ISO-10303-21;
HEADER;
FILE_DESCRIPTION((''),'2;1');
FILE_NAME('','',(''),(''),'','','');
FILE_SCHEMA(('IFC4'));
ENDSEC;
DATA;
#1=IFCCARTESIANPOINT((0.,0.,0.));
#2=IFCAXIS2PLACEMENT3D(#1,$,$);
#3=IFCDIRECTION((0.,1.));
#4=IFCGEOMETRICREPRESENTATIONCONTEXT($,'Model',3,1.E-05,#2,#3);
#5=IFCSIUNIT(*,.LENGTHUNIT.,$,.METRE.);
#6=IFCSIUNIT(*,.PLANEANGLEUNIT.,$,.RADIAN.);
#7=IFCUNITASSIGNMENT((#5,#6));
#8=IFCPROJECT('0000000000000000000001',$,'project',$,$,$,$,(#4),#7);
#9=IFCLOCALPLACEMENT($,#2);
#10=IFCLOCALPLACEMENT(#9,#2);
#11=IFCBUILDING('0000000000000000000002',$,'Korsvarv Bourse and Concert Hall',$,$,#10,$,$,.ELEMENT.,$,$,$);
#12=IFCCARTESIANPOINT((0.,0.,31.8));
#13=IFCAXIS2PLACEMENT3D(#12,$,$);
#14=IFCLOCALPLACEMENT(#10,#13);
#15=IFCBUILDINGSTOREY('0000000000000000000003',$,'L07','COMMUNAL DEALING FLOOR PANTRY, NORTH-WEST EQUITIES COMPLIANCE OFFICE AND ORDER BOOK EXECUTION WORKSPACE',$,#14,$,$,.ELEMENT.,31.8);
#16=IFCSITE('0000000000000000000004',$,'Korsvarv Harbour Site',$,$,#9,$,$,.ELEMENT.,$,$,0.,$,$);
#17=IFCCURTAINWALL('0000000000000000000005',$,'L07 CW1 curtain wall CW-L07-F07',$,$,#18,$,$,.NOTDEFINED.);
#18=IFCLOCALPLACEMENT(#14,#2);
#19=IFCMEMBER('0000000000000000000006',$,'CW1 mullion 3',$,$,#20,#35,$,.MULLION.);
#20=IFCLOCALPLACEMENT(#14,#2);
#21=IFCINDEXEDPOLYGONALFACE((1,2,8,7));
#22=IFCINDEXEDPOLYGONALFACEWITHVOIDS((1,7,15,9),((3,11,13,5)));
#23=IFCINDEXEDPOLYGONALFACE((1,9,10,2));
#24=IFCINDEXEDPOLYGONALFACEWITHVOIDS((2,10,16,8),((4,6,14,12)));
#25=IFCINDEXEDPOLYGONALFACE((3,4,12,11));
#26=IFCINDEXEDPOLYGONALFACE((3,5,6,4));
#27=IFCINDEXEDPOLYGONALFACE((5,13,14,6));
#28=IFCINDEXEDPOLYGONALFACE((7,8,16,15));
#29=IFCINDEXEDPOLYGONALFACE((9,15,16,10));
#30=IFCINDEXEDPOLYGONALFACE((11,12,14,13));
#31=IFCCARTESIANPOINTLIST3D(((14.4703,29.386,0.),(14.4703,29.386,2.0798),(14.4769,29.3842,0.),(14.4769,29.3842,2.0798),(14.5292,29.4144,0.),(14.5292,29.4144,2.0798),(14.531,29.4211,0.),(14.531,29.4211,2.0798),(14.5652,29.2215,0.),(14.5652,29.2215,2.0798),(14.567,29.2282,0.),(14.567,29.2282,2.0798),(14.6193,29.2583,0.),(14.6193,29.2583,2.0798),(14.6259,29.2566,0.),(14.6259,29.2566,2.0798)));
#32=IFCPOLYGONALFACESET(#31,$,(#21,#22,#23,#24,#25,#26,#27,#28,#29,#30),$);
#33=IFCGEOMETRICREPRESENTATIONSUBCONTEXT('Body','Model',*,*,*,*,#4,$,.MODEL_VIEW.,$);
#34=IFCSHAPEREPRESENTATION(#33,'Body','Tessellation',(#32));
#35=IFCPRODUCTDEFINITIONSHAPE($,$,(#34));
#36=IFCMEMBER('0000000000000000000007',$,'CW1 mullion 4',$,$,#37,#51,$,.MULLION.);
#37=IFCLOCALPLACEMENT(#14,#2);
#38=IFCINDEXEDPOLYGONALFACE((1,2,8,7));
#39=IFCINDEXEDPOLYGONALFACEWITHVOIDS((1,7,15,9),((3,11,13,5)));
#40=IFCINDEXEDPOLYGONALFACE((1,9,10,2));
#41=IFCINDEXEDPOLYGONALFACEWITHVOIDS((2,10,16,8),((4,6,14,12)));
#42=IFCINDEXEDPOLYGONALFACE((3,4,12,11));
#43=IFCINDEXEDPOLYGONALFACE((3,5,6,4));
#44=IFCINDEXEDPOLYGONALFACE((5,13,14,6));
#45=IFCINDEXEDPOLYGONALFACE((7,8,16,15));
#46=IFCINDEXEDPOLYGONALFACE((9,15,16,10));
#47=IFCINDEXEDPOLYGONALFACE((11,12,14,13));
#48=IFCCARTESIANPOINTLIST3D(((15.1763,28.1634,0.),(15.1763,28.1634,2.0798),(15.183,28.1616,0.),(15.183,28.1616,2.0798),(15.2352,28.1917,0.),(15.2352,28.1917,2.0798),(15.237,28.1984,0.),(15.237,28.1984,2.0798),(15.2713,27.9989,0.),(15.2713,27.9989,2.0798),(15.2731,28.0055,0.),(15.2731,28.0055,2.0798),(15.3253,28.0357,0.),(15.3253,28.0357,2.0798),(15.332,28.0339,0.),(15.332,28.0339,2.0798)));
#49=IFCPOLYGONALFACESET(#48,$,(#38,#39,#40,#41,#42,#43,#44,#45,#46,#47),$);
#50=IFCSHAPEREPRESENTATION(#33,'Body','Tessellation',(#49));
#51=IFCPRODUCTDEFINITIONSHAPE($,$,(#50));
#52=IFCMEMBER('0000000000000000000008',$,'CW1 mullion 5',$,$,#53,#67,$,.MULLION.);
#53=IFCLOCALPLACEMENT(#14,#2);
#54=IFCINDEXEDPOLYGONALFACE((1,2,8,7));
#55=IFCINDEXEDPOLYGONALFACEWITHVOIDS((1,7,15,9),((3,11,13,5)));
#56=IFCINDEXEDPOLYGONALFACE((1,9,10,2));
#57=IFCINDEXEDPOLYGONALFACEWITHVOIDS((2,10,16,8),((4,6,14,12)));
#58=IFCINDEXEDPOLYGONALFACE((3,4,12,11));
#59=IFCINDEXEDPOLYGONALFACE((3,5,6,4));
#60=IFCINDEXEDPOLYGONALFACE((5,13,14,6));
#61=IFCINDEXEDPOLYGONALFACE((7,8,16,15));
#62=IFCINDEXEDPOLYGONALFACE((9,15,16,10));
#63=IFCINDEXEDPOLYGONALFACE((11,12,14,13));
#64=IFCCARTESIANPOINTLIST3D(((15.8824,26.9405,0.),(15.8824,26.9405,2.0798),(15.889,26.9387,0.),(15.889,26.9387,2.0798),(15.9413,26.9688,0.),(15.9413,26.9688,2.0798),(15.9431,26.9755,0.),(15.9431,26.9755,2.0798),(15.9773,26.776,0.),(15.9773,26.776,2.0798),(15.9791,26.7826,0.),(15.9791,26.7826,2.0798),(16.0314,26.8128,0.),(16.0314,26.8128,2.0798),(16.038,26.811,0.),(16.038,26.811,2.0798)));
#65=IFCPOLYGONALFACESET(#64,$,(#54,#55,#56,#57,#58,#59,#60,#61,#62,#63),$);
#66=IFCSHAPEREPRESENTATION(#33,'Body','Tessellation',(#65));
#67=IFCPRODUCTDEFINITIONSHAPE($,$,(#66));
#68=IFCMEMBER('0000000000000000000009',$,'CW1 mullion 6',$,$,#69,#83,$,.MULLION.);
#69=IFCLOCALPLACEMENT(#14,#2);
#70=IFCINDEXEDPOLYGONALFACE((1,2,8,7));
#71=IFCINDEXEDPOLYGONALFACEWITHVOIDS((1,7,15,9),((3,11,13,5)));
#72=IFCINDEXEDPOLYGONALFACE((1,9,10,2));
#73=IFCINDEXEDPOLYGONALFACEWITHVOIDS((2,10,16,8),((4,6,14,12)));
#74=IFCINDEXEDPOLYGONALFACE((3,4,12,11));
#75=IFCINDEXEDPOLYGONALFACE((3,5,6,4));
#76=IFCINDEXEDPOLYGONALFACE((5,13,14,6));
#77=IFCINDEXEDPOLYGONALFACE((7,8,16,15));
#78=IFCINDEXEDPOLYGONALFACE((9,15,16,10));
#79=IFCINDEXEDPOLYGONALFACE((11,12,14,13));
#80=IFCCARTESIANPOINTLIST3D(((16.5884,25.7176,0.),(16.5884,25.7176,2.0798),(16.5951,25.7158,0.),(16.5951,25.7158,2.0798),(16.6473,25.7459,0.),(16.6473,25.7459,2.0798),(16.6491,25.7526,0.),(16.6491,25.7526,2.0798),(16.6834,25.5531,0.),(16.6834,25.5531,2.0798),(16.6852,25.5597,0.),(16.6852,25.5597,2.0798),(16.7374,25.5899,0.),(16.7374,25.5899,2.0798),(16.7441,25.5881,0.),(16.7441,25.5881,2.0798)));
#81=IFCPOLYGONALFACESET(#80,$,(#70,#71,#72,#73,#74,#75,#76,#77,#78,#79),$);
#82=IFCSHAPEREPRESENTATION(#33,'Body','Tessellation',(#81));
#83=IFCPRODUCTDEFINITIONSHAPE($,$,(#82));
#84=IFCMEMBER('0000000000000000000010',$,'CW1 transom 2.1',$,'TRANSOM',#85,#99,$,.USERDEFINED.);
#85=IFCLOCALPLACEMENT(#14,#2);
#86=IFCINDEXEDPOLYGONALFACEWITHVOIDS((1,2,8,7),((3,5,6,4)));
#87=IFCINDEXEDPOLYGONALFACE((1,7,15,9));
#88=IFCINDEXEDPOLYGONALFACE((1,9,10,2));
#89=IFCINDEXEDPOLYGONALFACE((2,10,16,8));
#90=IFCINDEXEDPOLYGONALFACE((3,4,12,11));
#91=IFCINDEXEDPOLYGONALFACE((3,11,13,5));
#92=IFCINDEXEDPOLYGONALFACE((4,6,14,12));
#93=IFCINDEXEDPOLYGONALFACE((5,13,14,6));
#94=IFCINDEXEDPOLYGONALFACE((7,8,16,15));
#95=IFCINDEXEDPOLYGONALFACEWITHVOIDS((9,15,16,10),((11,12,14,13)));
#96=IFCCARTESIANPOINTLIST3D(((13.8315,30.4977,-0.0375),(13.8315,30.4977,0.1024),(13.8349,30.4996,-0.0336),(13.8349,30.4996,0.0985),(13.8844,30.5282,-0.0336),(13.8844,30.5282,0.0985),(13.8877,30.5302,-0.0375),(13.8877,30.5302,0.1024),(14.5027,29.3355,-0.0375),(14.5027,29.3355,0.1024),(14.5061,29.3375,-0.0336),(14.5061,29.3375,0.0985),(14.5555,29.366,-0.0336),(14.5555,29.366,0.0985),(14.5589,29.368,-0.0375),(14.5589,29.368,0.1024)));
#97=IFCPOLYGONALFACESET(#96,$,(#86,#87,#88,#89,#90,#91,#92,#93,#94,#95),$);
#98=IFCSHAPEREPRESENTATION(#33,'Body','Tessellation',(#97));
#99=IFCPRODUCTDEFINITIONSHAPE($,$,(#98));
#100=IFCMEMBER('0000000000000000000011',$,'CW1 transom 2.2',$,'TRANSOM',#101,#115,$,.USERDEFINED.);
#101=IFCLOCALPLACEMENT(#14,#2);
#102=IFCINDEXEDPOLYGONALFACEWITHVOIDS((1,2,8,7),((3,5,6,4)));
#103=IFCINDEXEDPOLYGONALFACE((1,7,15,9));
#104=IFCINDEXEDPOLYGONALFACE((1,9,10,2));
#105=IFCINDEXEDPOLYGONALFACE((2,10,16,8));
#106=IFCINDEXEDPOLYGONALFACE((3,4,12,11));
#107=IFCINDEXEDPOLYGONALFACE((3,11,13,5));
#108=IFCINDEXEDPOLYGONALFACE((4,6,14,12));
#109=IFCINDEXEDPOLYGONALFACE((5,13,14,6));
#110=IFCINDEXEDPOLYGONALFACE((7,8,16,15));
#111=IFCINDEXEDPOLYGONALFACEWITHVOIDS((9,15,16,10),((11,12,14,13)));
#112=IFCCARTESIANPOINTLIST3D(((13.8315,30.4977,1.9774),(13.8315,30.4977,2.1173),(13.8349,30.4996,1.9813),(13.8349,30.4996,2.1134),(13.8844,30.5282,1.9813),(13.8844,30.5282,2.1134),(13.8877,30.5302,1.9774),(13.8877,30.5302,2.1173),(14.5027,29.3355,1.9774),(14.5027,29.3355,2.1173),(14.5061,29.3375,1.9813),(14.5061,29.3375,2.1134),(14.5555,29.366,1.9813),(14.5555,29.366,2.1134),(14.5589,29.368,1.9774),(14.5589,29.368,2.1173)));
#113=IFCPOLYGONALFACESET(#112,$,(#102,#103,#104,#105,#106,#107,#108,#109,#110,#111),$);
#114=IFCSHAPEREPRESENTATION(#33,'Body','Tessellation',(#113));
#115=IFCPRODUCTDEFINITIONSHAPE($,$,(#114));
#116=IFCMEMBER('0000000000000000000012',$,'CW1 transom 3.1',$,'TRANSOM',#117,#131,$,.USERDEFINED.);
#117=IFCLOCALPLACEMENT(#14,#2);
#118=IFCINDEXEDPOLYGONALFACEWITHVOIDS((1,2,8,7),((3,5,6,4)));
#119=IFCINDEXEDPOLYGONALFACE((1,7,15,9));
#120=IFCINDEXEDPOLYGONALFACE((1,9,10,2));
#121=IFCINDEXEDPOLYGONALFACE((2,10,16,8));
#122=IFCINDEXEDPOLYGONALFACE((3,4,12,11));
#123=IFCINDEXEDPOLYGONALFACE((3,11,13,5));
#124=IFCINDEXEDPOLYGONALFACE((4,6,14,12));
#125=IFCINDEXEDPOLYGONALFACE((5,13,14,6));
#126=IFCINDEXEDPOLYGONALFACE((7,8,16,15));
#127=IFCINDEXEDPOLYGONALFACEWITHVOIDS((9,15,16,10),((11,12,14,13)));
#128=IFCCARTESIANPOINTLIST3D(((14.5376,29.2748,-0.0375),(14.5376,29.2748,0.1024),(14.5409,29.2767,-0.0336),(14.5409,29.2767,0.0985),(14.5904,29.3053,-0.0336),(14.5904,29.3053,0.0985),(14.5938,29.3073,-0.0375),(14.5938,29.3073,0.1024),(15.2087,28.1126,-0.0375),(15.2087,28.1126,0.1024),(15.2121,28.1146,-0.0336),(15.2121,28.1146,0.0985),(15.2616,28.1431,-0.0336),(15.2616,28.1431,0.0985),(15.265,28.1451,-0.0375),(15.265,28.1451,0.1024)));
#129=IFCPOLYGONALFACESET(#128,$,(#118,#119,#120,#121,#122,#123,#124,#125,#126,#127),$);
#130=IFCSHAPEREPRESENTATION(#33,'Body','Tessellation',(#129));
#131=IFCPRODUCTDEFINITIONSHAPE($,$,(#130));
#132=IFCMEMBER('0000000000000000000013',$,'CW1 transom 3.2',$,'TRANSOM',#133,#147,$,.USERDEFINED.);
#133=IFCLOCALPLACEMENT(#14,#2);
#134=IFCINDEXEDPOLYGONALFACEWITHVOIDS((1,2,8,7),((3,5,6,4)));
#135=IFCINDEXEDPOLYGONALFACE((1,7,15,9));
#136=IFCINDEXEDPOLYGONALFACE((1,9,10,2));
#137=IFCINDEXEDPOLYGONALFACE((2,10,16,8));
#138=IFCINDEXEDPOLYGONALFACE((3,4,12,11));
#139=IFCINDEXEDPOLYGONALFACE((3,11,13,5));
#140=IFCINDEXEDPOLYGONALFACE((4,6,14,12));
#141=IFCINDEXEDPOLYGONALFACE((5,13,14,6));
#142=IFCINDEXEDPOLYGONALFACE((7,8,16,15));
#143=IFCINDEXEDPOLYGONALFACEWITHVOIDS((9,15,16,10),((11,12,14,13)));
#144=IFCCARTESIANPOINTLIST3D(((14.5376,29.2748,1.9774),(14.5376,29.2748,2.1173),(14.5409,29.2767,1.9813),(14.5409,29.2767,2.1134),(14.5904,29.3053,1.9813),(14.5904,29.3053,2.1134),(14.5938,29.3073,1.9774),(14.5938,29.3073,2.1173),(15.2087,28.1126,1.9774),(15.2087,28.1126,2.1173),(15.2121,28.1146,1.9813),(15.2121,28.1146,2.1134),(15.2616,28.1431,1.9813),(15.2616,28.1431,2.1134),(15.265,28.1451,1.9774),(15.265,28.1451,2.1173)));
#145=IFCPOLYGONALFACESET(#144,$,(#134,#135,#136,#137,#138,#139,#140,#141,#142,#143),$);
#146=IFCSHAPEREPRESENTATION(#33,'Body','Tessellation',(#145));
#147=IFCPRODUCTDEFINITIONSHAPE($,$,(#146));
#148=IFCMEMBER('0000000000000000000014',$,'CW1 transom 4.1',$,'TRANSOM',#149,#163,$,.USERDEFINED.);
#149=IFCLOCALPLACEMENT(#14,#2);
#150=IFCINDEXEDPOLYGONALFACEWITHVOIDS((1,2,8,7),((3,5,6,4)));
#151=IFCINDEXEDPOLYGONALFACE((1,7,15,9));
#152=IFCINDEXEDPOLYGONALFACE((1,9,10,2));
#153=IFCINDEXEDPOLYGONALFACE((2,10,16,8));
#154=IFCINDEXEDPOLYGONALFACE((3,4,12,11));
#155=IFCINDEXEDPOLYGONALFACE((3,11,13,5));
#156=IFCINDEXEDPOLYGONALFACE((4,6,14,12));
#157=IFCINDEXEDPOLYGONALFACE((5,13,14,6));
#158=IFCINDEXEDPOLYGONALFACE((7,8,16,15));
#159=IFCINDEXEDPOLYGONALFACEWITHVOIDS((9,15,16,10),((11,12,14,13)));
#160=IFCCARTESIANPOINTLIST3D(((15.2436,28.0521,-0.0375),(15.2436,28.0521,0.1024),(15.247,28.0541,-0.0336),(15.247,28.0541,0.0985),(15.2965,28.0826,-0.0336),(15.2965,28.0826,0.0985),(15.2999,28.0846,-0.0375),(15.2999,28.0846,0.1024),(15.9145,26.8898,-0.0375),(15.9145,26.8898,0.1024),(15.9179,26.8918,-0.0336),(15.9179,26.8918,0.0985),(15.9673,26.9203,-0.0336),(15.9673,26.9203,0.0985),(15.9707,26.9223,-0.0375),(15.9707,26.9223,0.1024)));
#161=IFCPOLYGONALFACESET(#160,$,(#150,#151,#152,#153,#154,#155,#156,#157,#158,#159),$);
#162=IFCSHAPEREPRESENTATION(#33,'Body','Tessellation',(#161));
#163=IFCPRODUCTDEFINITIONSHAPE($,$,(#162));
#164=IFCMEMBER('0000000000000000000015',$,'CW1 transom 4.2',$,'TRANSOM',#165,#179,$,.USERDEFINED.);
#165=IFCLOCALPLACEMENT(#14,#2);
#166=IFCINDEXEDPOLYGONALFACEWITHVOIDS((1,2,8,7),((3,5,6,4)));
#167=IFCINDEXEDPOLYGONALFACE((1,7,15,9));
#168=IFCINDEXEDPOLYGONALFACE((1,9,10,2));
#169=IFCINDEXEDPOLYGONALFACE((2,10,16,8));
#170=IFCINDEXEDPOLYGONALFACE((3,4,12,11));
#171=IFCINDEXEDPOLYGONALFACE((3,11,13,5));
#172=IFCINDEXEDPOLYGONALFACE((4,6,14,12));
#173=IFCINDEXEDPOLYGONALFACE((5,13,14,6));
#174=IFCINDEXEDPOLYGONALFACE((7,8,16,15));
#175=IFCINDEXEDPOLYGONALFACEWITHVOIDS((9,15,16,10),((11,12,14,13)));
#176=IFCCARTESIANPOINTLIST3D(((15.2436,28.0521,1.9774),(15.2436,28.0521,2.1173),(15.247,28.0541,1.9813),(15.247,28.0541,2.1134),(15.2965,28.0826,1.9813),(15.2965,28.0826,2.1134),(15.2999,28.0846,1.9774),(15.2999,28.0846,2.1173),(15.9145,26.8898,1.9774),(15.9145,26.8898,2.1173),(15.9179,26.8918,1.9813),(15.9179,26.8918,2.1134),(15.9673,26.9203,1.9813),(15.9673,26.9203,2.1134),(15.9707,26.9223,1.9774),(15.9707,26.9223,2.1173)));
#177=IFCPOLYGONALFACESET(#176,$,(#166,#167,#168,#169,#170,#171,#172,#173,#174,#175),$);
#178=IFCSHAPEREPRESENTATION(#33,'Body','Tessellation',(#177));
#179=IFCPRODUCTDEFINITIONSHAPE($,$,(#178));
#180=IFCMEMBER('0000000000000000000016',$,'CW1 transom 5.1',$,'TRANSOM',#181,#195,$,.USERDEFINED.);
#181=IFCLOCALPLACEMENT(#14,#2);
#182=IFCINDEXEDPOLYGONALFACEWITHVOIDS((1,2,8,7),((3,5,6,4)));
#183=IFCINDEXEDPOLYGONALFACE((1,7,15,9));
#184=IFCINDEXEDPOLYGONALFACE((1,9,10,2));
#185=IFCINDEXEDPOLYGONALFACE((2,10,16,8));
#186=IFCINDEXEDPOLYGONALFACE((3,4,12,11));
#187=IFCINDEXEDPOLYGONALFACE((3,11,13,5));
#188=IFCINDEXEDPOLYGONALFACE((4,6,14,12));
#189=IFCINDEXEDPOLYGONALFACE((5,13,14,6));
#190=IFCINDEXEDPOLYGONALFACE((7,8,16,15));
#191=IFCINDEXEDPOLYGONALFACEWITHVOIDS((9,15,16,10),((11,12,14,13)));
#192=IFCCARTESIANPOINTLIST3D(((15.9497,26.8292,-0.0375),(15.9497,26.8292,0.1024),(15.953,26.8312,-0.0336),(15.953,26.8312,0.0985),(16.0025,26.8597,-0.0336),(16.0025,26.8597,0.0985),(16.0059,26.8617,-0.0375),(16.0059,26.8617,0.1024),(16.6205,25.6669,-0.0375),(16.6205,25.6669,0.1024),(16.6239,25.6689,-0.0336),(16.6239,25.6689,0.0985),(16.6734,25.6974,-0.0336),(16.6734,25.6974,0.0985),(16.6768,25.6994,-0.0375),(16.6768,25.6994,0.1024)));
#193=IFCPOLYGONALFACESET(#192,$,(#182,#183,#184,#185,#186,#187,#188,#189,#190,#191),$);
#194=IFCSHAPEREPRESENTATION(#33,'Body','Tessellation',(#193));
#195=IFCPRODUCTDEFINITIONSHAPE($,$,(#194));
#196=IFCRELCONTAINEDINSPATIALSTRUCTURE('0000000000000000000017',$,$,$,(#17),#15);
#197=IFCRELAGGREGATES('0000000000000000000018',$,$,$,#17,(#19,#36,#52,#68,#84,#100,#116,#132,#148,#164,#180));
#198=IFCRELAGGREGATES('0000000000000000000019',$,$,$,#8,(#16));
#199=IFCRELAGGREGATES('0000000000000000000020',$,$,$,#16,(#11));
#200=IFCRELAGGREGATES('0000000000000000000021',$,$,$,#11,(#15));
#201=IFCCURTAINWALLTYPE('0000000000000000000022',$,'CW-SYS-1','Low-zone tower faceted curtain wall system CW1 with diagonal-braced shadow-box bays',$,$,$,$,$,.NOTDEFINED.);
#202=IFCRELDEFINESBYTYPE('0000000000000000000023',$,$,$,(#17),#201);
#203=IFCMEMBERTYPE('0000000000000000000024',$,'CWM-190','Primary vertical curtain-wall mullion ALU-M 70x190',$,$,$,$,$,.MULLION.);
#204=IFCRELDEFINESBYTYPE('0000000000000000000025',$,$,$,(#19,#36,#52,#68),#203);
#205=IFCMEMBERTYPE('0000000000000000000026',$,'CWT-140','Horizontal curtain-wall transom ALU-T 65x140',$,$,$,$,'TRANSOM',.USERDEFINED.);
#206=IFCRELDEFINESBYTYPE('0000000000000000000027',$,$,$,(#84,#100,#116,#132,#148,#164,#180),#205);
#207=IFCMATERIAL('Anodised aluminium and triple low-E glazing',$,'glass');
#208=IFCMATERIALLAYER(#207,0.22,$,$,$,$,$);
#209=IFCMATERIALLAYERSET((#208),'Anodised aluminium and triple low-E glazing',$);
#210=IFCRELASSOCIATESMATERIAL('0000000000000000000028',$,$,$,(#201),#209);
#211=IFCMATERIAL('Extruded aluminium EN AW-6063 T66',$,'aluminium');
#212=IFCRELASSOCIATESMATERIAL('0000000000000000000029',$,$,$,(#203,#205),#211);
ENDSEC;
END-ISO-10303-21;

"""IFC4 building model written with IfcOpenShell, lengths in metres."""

from ifc_helpers import new_model, si_unit, direction, frame, origin, origin_2d, place, context, subcontext, project, spatial, hollow_rectangle, extrude, source, transform, mapped, material, layer, layer_set, material_profile, profile_set, type_object, element, aggregate, save


model = new_model("IFC4")

# Units and contexts
model_context = context("Model", 3, precision=1e-05, world=origin(), true_north=direction((0.0, 1.0)))
body_context = subcontext(model_context, "Body", "Model", "MODEL_VIEW")
ifc_project = project(units=[si_unit("LENGTHUNIT", "METRE"), si_unit("PLANEANGLEUNIT", "RADIAN")], contexts=[model_context])

# Site, building, storey
site_placement = place(None, origin())
site = spatial("IfcSite", under=ifc_project, at=site_placement, Name="Korsvarv Harbour Site", CompositionType="ELEMENT", RefElevation=0.0)
building_placement = place(site_placement, origin())
building = spatial("IfcBuilding", under=site, at=building_placement, Name="Korsvarv Bourse and Concert Hall", CompositionType="ELEMENT")
storey_placement = place(building_placement, frame((0.0, 0.0, 31.8)))
storey = spatial("IfcBuildingStorey", under=building, at=storey_placement, Name="L07", Description="COMMUNAL DEALING FLOOR PANTRY, NORTH-WEST EQUITIES COMPLIANCE OFFICE AND ORDER BOOK EXECUTION WORKSPACE", CompositionType="ELEMENT", Elevation=31.8)

# Curtain wall, members
ifc_material_1 = material(Name="Anodised aluminium and triple low-E glazing", Category="glass")
ifc_layer_1 = layer(ifc_material_1, 0.22)
ifc_layer_set_1 = layer_set([ifc_layer_1], Name="Anodised aluminium and triple low-E glazing")
curtain_wall_type = type_object("IfcCurtainWallType", Name="CW-SYS-1", Description="Low-zone tower faceted curtain wall system CW1 with diagonal-braced shadow-box bays", PredefinedType="NOTDEFINED", material=ifc_layer_set_1)
curtain_wall_placement = place(storey_placement, origin())
curtain_wall = element("IfcCurtainWall", 1, at=curtain_wall_placement, inside=storey, type_object=curtain_wall_type, Name="L07 CW1 curtain wall CW-L07-F07", PredefinedType="NOTDEFINED")
ifc_material_2 = material(Name="Extruded aluminium EN AW-6063 T66", Category="aluminium")
ifc_material_profile_1 = material_profile(ifc_material_2, hollow_rectangle(XDim=0.0701, YDim=0.1899, WallThickness=0.0049, at=origin_2d()), Name="ALU-M 70x190")
ifc_profile_set_1 = profile_set([ifc_material_profile_1], Name="Extruded aluminium EN AW-6063 T66")
member_type_1 = type_object("IfcMemberType", Name="CWM-190", Description="Primary vertical curtain-wall mullion ALU-M 70x190", PredefinedType="MULLION", material=ifc_profile_set_1)
shared_shape_1 = source(origin(), body_context, "Body", "SweptSolid", [
    extrude(hollow_rectangle(XDim=0.0701, YDim=0.1899, WallThickness=0.0049, at=origin_2d()), origin(), (0.0, 0.0, 1.0), 2.0798),
])
member_1_placement = place(storey_placement, frame((14.5481, 29.3213, 0.0), z_axis=(0.0, 0.0, 1.0), x_axis=(0.866029, 0.499995, 0.0)))
member_1 = element("IfcMember", 2, at=member_1_placement, type_object=member_type_1, Name="CW1 mullion 3", PredefinedType="MULLION", context=body_context, shape_type="MappedRepresentation", body=[
    mapped(shared_shape_1, transform((0.0, 0.0, 0.0), scale=1.0)),
])
member_2_placement = place(storey_placement, frame((15.2542, 28.0986, 0.0), z_axis=(0.0, 0.0, 1.0), x_axis=(0.866029, 0.499995, 0.0)))
member_2 = element("IfcMember", 3, at=member_2_placement, type_object=member_type_1, Name="CW1 mullion 4", PredefinedType="MULLION", context=body_context, shape_type="MappedRepresentation", body=[
    mapped(shared_shape_1, transform((0.0, 0.0, 0.0), scale=1.0)),
])
member_3_placement = place(storey_placement, frame((15.9602, 26.8757, 0.0), z_axis=(0.0, 0.0, 1.0), x_axis=(0.866029, 0.499995, 0.0)))
member_3 = element("IfcMember", 4, at=member_3_placement, type_object=member_type_1, Name="CW1 mullion 5", PredefinedType="MULLION", context=body_context, shape_type="MappedRepresentation", body=[
    mapped(shared_shape_1, transform((0.0, 0.0, 0.0), scale=1.0)),
])
member_4_placement = place(storey_placement, frame((16.6663, 25.6528, 0.0), z_axis=(0.0, 0.0, 1.0), x_axis=(0.866029, 0.499995, 0.0)))
member_4 = element("IfcMember", 5, at=member_4_placement, type_object=member_type_1, Name="CW1 mullion 6", PredefinedType="MULLION", context=body_context, shape_type="MappedRepresentation", body=[
    mapped(shared_shape_1, transform((0.0, 0.0, 0.0), scale=1.0)),
])
ifc_material_profile_2 = material_profile(ifc_material_2, hollow_rectangle(XDim=0.0649, YDim=0.1399, WallThickness=0.0039, at=origin_2d()), Name="ALU-T 65x140")
ifc_profile_set_2 = profile_set([ifc_material_profile_2], Name="Extruded aluminium EN AW-6063 T66")
member_type_2 = type_object("IfcMemberType", Name="CWT-140", Description="Horizontal curtain-wall transom ALU-T 65x140", ElementType="TRANSOM", PredefinedType="USERDEFINED", material=ifc_profile_set_2)
shared_shape_2 = source(origin(), body_context, "Body", "SweptSolid", [
    extrude(hollow_rectangle(XDim=0.0649, YDim=0.1399, WallThickness=0.0039, at=origin_2d()), origin(), (0.0, 0.0, 1.0), 1.342),
])
member_5_placement = place(storey_placement, frame((13.8596, 30.5139, 0.0325), z_axis=(0.500111, -0.865961, 0.0), x_axis=(0.865961, 0.500111, 0.0)))
member_5 = element("IfcMember", 6, at=member_5_placement, type_object=member_type_2, Name="CW1 transom 2.1", ObjectType="TRANSOM", PredefinedType="USERDEFINED", context=body_context, shape_type="MappedRepresentation", body=[
    mapped(shared_shape_2, transform((0.0, 0.0, 0.0), scale=1.0)),
])
member_6_placement = place(storey_placement, frame((13.8596, 30.5139, 2.0474), z_axis=(0.500111, -0.865961, 0.0), x_axis=(0.865961, 0.500111, 0.0)))
member_6 = element("IfcMember", 7, at=member_6_placement, type_object=member_type_2, Name="CW1 transom 2.2", ObjectType="TRANSOM", PredefinedType="USERDEFINED", context=body_context, shape_type="MappedRepresentation", body=[
    mapped(shared_shape_2, transform((0.0, 0.0, 0.0), scale=1.0)),
])
member_7_placement = place(storey_placement, frame((14.5657, 29.291, 0.0325), z_axis=(0.500111, -0.865961, 0.0), x_axis=(0.865961, 0.500111, 0.0)))
member_7 = element("IfcMember", 8, at=member_7_placement, type_object=member_type_2, Name="CW1 transom 3.1", ObjectType="TRANSOM", PredefinedType="USERDEFINED", context=body_context, shape_type="MappedRepresentation", body=[
    mapped(shared_shape_2, transform((0.0, 0.0, 0.0), scale=1.0)),
])
member_8_placement = place(storey_placement, frame((14.5657, 29.291, 2.0474), z_axis=(0.500111, -0.865961, 0.0), x_axis=(0.865961, 0.500111, 0.0)))
member_8 = element("IfcMember", 9, at=member_8_placement, type_object=member_type_2, Name="CW1 transom 3.2", ObjectType="TRANSOM", PredefinedType="USERDEFINED", context=body_context, shape_type="MappedRepresentation", body=[
    mapped(shared_shape_2, transform((0.0, 0.0, 0.0), scale=1.0)),
])
member_9_placement = place(storey_placement, frame((15.2717, 28.0684, 0.0325), z_axis=(0.499896, -0.866086, 0.0), x_axis=(0.866086, 0.499896, 0.0)))
member_9 = element("IfcMember", 10, at=member_9_placement, type_object=member_type_2, Name="CW1 transom 4.1", ObjectType="TRANSOM", PredefinedType="USERDEFINED", context=body_context, shape_type="MappedRepresentation", body=[
    mapped(shared_shape_2, transform((0.0, 0.0, 0.0), scale=1.0)),
])
member_10_placement = place(storey_placement, frame((15.2717, 28.0684, 2.0474), z_axis=(0.499896, -0.866086, 0.0), x_axis=(0.866086, 0.499896, 0.0)))
member_10 = element("IfcMember", 11, at=member_10_placement, type_object=member_type_2, Name="CW1 transom 4.2", ObjectType="TRANSOM", PredefinedType="USERDEFINED", context=body_context, shape_type="MappedRepresentation", body=[
    mapped(shared_shape_2, transform((0.0, 0.0, 0.0), scale=1.0)),
])
member_11_placement = place(storey_placement, frame((15.9778, 26.8455, 0.0325), z_axis=(0.499896, -0.866086, 0.0), x_axis=(0.866086, 0.499896, 0.0)))
member_11 = element("IfcMember", 12, at=member_11_placement, type_object=member_type_2, Name="CW1 transom 5.1", ObjectType="TRANSOM", PredefinedType="USERDEFINED", context=body_context, shape_type="MappedRepresentation", body=[
    mapped(shared_shape_2, transform((0.0, 0.0, 0.0), scale=1.0)),
])
aggregate(curtain_wall, [member_1, member_2, member_3, member_4, member_5, member_6, member_7, member_8, member_9, member_10, member_11])

save(model, "model.ifc")
